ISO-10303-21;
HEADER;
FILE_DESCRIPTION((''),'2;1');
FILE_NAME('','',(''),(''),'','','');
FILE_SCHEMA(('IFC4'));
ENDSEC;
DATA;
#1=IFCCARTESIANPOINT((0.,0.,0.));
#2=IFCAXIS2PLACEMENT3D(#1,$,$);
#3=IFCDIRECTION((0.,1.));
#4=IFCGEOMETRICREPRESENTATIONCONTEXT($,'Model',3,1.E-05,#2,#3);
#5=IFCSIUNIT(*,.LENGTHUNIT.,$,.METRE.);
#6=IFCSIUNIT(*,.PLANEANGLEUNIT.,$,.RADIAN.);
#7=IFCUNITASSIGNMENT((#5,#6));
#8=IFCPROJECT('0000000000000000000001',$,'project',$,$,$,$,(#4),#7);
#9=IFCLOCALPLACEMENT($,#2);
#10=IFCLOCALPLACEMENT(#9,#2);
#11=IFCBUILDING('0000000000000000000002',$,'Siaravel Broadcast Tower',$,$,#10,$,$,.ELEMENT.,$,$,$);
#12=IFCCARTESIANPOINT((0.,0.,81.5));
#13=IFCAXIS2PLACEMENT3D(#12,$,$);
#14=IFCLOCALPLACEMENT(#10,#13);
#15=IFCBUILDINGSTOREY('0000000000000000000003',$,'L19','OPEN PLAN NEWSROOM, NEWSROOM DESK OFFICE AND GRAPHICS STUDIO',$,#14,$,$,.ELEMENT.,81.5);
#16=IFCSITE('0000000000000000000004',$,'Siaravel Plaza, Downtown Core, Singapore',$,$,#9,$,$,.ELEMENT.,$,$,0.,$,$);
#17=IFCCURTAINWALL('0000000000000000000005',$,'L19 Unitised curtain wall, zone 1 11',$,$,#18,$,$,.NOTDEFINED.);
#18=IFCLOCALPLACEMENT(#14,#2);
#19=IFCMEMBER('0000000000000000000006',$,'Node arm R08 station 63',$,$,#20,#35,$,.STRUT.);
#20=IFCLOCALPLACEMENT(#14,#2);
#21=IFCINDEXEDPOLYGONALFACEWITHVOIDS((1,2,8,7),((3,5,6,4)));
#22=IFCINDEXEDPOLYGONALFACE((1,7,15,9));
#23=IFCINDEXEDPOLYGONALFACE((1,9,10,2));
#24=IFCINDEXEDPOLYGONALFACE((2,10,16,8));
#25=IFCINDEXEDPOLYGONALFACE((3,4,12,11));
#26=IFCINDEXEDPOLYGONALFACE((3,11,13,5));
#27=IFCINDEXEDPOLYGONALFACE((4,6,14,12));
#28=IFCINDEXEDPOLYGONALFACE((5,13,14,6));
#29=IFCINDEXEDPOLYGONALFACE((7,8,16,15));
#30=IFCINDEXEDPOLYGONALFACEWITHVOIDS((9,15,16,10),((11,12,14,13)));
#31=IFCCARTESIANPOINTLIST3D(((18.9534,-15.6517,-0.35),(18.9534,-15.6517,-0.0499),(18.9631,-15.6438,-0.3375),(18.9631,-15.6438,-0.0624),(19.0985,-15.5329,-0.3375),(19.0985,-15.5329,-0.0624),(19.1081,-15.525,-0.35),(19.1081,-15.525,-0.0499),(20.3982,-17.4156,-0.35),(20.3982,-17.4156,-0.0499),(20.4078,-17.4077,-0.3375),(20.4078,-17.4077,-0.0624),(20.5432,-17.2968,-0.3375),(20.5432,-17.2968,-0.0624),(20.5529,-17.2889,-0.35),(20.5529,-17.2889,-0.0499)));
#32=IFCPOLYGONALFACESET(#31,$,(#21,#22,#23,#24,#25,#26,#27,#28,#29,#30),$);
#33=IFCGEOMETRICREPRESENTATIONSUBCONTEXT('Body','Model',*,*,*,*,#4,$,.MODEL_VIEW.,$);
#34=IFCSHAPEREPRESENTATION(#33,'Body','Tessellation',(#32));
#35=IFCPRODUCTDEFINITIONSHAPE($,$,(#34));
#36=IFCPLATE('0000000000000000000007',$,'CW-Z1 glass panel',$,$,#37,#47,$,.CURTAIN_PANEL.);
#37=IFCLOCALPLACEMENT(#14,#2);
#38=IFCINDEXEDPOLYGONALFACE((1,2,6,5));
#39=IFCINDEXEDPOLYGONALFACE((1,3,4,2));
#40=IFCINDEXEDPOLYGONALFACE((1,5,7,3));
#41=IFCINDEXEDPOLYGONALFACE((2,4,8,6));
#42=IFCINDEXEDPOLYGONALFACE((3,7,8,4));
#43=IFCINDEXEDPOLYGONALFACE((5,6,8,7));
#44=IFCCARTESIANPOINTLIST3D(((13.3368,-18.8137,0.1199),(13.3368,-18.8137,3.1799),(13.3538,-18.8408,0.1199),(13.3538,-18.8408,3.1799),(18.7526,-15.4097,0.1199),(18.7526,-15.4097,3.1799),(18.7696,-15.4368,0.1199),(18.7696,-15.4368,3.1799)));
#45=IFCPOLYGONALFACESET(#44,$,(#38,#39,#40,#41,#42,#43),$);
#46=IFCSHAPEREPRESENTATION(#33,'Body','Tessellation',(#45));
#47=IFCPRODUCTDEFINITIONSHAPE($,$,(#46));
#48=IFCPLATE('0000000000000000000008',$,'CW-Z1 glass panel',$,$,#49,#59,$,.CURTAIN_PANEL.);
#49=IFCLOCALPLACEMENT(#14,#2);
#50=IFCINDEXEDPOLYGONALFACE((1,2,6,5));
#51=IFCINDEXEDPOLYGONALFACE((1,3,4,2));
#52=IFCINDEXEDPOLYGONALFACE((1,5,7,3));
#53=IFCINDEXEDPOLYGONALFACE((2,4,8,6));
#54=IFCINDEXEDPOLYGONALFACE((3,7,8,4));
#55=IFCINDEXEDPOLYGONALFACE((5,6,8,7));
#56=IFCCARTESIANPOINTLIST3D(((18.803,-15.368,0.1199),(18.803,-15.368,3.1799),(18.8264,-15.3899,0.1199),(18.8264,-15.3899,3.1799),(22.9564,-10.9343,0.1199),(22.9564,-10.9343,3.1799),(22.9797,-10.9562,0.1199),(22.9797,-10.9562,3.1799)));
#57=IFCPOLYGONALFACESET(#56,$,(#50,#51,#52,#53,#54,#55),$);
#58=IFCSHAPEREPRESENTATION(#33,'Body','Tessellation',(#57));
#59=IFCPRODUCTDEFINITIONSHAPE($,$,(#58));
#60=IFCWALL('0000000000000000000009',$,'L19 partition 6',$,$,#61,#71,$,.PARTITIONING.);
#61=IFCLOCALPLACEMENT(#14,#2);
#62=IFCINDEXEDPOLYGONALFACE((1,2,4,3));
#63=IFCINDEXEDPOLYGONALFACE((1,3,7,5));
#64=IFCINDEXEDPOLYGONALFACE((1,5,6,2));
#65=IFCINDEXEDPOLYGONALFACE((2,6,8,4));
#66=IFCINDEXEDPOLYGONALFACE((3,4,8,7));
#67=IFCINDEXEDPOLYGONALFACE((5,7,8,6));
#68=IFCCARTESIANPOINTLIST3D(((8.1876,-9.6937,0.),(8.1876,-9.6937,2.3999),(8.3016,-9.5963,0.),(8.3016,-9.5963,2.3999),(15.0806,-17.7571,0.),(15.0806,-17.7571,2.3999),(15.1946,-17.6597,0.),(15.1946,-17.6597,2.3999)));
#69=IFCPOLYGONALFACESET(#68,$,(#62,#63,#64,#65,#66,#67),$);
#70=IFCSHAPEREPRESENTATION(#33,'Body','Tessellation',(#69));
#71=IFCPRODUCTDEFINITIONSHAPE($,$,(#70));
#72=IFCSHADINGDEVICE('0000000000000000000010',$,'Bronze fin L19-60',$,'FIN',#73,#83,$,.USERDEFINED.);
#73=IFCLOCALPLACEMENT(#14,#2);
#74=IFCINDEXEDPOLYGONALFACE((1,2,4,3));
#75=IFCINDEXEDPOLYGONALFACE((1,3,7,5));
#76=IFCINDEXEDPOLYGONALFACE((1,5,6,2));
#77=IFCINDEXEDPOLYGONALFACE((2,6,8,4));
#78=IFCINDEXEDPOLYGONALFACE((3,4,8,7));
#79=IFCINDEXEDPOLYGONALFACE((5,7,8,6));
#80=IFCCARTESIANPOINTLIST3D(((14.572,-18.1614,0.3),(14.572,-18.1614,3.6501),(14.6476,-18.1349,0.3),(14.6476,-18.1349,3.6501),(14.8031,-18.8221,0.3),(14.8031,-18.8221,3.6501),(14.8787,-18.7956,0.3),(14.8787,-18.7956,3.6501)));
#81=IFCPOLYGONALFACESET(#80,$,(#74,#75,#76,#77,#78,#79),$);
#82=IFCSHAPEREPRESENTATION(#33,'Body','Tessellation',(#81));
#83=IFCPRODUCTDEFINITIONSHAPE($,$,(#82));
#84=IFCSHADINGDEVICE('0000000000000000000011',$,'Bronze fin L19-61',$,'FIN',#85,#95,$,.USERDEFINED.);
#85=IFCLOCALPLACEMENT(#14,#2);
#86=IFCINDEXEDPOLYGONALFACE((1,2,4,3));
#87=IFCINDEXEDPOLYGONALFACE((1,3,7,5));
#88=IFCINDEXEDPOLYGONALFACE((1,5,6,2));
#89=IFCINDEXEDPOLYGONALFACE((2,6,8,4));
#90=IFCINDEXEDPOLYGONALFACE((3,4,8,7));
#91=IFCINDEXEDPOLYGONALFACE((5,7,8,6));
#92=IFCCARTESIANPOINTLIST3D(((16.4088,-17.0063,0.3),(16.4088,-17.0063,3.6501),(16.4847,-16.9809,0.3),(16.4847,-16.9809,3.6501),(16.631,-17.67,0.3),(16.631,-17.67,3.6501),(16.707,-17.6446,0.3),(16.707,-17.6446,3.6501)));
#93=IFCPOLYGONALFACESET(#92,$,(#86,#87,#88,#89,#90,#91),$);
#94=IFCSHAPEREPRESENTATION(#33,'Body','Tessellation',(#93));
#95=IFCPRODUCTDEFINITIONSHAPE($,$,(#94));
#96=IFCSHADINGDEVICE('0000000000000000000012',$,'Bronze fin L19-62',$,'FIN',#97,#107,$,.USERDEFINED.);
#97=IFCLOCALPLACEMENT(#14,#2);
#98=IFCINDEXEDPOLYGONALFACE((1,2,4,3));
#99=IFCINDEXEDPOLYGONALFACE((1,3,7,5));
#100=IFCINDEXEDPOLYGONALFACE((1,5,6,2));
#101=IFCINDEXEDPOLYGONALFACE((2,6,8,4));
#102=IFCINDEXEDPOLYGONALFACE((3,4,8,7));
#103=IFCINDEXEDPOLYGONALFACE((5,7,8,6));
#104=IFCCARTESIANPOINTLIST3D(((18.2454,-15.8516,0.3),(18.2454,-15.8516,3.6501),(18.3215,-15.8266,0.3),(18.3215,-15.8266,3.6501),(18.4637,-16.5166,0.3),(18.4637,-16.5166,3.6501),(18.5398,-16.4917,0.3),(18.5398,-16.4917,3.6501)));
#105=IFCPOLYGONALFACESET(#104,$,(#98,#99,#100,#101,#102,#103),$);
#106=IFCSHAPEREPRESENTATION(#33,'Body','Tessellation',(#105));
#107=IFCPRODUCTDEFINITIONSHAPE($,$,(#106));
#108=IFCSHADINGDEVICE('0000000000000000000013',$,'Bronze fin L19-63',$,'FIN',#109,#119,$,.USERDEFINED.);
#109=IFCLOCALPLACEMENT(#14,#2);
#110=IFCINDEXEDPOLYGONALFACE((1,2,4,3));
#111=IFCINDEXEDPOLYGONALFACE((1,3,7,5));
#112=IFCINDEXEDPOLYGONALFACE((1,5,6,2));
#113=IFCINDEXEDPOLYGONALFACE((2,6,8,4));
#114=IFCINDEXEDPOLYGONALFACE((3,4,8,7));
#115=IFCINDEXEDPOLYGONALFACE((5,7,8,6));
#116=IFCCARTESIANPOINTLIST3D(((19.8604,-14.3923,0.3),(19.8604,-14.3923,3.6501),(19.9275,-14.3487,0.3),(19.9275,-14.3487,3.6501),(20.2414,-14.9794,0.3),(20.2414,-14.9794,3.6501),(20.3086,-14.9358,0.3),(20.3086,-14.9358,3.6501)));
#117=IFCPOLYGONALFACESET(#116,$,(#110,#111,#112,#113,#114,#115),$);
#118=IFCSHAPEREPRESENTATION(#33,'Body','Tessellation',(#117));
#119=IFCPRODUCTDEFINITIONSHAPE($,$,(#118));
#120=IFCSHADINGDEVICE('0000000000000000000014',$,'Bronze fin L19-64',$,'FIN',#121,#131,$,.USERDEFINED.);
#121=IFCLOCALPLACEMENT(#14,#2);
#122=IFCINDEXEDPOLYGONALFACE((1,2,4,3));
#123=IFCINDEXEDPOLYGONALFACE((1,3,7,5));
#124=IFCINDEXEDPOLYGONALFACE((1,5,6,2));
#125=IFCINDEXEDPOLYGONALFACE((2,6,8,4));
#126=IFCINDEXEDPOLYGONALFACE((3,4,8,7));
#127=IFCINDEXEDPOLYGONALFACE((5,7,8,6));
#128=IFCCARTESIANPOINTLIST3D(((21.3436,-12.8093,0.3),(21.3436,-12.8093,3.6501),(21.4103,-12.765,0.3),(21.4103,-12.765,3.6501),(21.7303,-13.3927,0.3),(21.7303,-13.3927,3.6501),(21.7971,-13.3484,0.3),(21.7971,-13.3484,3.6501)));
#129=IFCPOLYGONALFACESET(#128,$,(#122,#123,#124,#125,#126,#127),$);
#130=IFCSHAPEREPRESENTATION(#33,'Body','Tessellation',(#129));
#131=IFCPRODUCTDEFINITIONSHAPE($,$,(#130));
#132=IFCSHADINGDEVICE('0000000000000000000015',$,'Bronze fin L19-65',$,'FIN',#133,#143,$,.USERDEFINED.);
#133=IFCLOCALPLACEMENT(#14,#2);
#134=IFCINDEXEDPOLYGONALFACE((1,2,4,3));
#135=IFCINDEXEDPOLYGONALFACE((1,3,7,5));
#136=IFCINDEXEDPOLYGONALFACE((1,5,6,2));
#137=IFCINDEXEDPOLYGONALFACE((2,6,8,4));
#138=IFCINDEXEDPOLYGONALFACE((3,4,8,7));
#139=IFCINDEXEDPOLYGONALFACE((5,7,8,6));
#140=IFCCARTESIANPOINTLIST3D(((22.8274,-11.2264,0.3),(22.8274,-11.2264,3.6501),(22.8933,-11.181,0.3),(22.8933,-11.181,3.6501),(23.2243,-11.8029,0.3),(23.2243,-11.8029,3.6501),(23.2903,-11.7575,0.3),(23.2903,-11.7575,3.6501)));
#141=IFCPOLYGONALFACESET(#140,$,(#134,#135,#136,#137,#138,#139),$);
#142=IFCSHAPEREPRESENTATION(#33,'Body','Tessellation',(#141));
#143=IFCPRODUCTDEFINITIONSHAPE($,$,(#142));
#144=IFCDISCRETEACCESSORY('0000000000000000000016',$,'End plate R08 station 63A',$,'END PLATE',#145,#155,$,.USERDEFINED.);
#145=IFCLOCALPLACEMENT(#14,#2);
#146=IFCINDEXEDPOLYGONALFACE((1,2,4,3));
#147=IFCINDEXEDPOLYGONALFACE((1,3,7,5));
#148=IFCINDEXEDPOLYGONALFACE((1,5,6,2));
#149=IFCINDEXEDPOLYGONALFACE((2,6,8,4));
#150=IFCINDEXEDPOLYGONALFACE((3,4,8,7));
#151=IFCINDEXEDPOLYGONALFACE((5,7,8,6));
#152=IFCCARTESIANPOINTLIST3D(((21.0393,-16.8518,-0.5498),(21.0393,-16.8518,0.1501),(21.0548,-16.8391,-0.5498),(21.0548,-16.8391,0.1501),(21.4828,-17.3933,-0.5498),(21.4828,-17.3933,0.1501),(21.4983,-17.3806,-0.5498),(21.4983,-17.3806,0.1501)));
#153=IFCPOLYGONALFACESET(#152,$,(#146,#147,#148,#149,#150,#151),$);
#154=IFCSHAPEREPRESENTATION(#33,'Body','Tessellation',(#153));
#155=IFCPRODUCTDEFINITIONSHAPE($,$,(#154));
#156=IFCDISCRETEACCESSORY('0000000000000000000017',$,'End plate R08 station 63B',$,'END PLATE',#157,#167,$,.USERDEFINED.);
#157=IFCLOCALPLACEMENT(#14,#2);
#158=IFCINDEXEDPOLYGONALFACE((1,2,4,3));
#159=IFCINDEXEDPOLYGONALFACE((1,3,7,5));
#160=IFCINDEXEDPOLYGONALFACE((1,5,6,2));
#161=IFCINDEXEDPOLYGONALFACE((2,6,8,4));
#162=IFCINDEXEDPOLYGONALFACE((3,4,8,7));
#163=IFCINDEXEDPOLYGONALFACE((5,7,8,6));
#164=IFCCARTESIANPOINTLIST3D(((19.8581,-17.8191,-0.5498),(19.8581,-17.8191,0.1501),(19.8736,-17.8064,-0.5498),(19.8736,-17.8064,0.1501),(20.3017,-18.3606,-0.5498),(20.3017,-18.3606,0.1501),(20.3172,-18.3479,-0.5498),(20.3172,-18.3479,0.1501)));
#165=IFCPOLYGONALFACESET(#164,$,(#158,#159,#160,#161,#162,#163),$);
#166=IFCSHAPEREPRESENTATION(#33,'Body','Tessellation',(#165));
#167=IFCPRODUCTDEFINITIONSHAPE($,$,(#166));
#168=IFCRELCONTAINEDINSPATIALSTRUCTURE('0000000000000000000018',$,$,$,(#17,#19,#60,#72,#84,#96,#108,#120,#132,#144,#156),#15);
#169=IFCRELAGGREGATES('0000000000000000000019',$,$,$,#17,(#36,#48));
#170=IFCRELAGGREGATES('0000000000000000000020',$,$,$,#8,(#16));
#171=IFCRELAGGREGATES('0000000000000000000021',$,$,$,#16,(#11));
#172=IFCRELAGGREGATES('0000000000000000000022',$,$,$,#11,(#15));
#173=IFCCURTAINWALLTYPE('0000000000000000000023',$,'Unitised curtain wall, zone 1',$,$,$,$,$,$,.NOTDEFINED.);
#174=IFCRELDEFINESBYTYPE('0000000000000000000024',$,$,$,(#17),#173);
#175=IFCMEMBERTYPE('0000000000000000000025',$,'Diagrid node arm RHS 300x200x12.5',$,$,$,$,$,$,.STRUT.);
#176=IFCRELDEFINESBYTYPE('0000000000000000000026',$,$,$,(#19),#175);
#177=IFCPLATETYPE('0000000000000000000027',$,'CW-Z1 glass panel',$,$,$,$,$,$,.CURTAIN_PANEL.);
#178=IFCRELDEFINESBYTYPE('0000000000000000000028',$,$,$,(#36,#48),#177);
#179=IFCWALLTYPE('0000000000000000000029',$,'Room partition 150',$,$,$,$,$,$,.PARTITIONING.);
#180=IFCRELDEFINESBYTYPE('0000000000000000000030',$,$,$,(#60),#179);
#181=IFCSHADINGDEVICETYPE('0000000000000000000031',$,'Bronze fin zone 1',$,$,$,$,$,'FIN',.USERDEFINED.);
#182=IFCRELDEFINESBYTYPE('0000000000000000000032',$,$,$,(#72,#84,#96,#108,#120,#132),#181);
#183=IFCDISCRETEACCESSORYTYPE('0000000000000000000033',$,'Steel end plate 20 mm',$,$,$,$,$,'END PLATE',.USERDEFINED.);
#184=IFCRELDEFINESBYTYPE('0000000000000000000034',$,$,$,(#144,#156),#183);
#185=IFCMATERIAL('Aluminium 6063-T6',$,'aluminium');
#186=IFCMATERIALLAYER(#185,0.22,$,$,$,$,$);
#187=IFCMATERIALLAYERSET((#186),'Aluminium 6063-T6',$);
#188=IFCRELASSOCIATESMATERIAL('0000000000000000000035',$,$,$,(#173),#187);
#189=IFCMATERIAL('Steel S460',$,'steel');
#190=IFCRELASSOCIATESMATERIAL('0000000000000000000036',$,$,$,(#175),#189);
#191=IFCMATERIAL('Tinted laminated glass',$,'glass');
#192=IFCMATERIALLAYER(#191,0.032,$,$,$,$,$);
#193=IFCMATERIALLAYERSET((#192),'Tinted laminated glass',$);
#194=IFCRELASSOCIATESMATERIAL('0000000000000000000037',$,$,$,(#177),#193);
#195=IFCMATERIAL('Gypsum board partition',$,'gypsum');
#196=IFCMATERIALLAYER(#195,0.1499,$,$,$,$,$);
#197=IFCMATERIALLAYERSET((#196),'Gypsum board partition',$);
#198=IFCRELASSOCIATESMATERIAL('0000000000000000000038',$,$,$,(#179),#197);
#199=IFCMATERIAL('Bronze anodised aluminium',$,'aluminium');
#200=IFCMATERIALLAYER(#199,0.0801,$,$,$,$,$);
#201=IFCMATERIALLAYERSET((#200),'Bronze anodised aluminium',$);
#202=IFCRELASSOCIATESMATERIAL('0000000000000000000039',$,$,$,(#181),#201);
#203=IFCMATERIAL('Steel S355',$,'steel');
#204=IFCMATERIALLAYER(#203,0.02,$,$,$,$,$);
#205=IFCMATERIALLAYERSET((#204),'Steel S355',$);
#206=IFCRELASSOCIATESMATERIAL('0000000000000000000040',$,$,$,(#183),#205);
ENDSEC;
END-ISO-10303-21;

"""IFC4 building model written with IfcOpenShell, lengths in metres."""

from ifc_helpers import new_model, si_unit, direction, frame, frame_2d, origin, origin_2d, place, context, subcontext, project, spatial, rectangle, hollow_rectangle, extrude, material, layer, layer_set, material_profile, profile_set, type_object, element, aggregate, save


model = new_model("IFC4")

# Units and contexts
model_context = context("Model", 3, precision=1e-05, world=origin(), true_north=direction((0.0, 1.0)))
body_context = subcontext(model_context, "Body", "Model", "MODEL_VIEW")
ifc_project = project(units=[si_unit("LENGTHUNIT", "METRE"), si_unit("PLANEANGLEUNIT", "RADIAN")], contexts=[model_context])

# Site, building, storey
site_placement = place(None, origin())
site = spatial("IfcSite", under=ifc_project, at=site_placement, Name="Siaravel Plaza, Downtown Core, Singapore", CompositionType="ELEMENT", RefElevation=0.0)
building_placement = place(site_placement, origin())
building = spatial("IfcBuilding", under=site, at=building_placement, Name="Siaravel Broadcast Tower", CompositionType="ELEMENT")
storey_placement = place(building_placement, frame((0.0, 0.0, 81.5)))
storey = spatial("IfcBuildingStorey", under=building, at=storey_placement, Name="L19", Description="OPEN PLAN NEWSROOM, NEWSROOM DESK OFFICE AND GRAPHICS STUDIO", CompositionType="ELEMENT", Elevation=81.5)

# Shared definitions
ifc_material_1 = material(Name="Steel S355", Category="steel")

# Curtain wall
ifc_material_2 = material(Name="Aluminium 6063-T6", Category="aluminium")
ifc_layer_1 = layer(ifc_material_2, 0.22)
ifc_layer_set_1 = layer_set([ifc_layer_1], Name="Aluminium 6063-T6")
curtain_wall_type = type_object("IfcCurtainWallType", Name="Unitised curtain wall, zone 1", PredefinedType="NOTDEFINED", material=ifc_layer_set_1)
curtain_wall_1_placement = place(storey_placement, origin())
curtain_wall_1 = element("IfcCurtainWall", 1, at=curtain_wall_1_placement, inside=storey, type_object=curtain_wall_type, Name="L19 Unitised curtain wall, zone 1 11", PredefinedType="NOTDEFINED")

# Member
ifc_material_3 = material(Name="Steel S460", Category="steel")
ifc_material_profile_1 = material_profile(ifc_material_3, hollow_rectangle(XDim=0.2, YDim=0.3, WallThickness=0.0125, at=origin_2d()))
ifc_profile_set_1 = profile_set([ifc_material_profile_1], Name="Steel S460")
member_type_1 = type_object("IfcMemberType", Name="Diagrid node arm RHS 300x200x12.5", PredefinedType="STRUT", material=ifc_profile_set_1)
member_1_placement = place(storey_placement, frame((19.0308, -15.5884, -0.2), z_axis=(0.633663, -0.773609, 0.0), x_axis=(0.773609, 0.633663, 0.0)))
element("IfcMember", 2, at=member_1_placement, inside=storey, type_object=member_type_1, Name="Node arm R08 station 63", PredefinedType="STRUT", context=body_context, shape_type="SweptSolid", body=[
    extrude(hollow_rectangle(XDim=0.2, YDim=0.3, WallThickness=0.0125, at=origin_2d()), origin(), (0.0, 0.0, 1.0), 2.28),
])

# Plates
ifc_material_4 = material(Name="Tinted laminated glass", Category="glass")
ifc_layer_2 = layer(ifc_material_4, 0.032)
ifc_layer_set_2 = layer_set([ifc_layer_2], Name="Tinted laminated glass")
plate_type = type_object("IfcPlateType", Name="CW-Z1 glass panel", PredefinedType="CURTAIN_PANEL", material=ifc_layer_set_2)
plate_1_placement = place(storey_placement, frame((16.0532, -17.1252, 0.1199), z_axis=(0.0, 0.0, 1.0), x_axis=(0.84665, 0.53215, 0.0)))
plate_1 = element("IfcPlate", 3, at=plate_1_placement, type_object=plate_type, Name="CW-Z1 glass panel", PredefinedType="CURTAIN_PANEL", context=body_context, shape_type="SweptSolid", body=[
    extrude(rectangle(XDim=6.3967, YDim=0.032, at=origin_2d()), origin(), (0.0, 0.0, 1.0), 3.0601),
])
plate_2_placement = place(storey_placement, frame((20.8914, -13.1621, 0.1199), z_axis=(0.0, 0.0, 1.0), x_axis=(0.683655, 0.729806, 0.0)))
plate_2 = element("IfcPlate", 4, at=plate_2_placement, type_object=plate_type, Name="CW-Z1 glass panel", PredefinedType="CURTAIN_PANEL", context=body_context, shape_type="SweptSolid", body=[
    extrude(rectangle(XDim=6.0752, YDim=0.032, at=origin_2d()), origin(), (0.0, 0.0, 1.0), 3.0601),
])
aggregate(curtain_wall_1, [plate_1, plate_2])

# Wall
ifc_material_5 = material(Name="Gypsum board partition", Category="gypsum")
ifc_layer_3 = layer(ifc_material_5, 0.1499)
ifc_layer_set_3 = layer_set([ifc_layer_3], Name="Gypsum board partition")
wall_type = type_object("IfcWallType", Name="Room partition 150", PredefinedType="PARTITIONING", material=ifc_layer_set_3)
wall_placement = place(storey_placement, frame((15.1377, -17.7085, 0.0), z_axis=(0.0, 0.0, 1.0), x_axis=(-0.649786, 0.760117, 0.0)))
element("IfcWall", 5, at=wall_placement, inside=storey, type_object=wall_type, Name="L19 partition 6", PredefinedType="PARTITIONING", context=body_context, shape_type="SweptSolid", body=[
    extrude(rectangle(XDim=10.6082, YDim=0.1499, at=frame_2d((5.3042, 0.0))), origin(), (0.0, 0.0, 1.0), 2.3999),
])

# Shading devices
ifc_material_6 = material(Name="Bronze anodised aluminium", Category="aluminium")
ifc_layer_4 = layer(ifc_material_6, 0.0801)
ifc_layer_set_4 = layer_set([ifc_layer_4], Name="Bronze anodised aluminium")
shading_device_type = type_object("IfcShadingDeviceType", Name="Bronze fin zone 1", ElementType="FIN", PredefinedType="USERDEFINED", material=ifc_layer_set_4)
for number, where, z_axis, x_axis, name in (
    (6, (14.7253, -18.4785, 0.3), (0.0, 0.0, 1.0), (0.330145, -0.94393, 0.0), "Bronze fin L19-60"),
    (7, (16.5579, -17.3254, 0.3), (0.0, 0.0, 1.0), (0.31755, -0.948242, 0.0), "Bronze fin L19-61"),
    (8, (18.3926, -16.1716, 0.3), (0.0, 0.0, 1.0), (0.311852, -0.950131, 0.0), "Bronze fin L19-62"),
    (9, (20.0845, -14.6641, 0.3), (0.0, 0.0, 1.0), (0.544374, -0.838843, 0.0), "Bronze fin L19-63"),
    (10, (21.5703, -13.0789, 0.3), (0.0, 0.0, 1.0), (0.552551, -0.833479, 0.0), "Bronze fin L19-64"),
    (11, (23.0588, -11.4919, 0.3), (0.0, 0.0, 1.0), (0.567128, -0.82363, 0.0), "Bronze fin L19-65"),
):
    element("IfcShadingDevice", number, at=place(storey_placement, frame(where, z_axis=z_axis, x_axis=x_axis)), inside=storey, type_object=shading_device_type, Name=name, ObjectType="FIN", PredefinedType="USERDEFINED", context=body_context, shape_type="SweptSolid", body=[
        extrude(rectangle(XDim=0.7, YDim=0.0801, at=origin_2d()), origin(), (0.0, 0.0, 1.0), 3.3501),
    ])

# Discrete accessories
ifc_layer_5 = layer(ifc_material_1, 0.02)
ifc_layer_set_5 = layer_set([ifc_layer_5], Name="Steel S355")
discrete_accessory_type = type_object("IfcDiscreteAccessoryType", Name="Steel end plate 20 mm", ElementType="END PLATE", PredefinedType="USERDEFINED", material=ifc_layer_set_5)
for number, where, z_axis, x_axis, name in (
    (12, (21.2688, -17.1162, -0.5498), (0.0, 0.0, 1.0), (0.773604, 0.63367, 0.0), "End plate R08 station 63A"),
    (13, (20.0876, -18.0835, -0.5498), (0.0, 0.0, 1.0), (0.773604, 0.63367, 0.0), "End plate R08 station 63B"),
):
    element("IfcDiscreteAccessory", number, at=place(storey_placement, frame(where, z_axis=z_axis, x_axis=x_axis)), inside=storey, type_object=discrete_accessory_type, Name=name, ObjectType="END PLATE", PredefinedType="USERDEFINED", context=body_context, shape_type="SweptSolid", body=[
        extrude(rectangle(XDim=0.02, YDim=0.7, at=origin_2d()), origin(), (0.0, 0.0, 1.0), 0.7),
    ])

save(model, "model.ifc")
